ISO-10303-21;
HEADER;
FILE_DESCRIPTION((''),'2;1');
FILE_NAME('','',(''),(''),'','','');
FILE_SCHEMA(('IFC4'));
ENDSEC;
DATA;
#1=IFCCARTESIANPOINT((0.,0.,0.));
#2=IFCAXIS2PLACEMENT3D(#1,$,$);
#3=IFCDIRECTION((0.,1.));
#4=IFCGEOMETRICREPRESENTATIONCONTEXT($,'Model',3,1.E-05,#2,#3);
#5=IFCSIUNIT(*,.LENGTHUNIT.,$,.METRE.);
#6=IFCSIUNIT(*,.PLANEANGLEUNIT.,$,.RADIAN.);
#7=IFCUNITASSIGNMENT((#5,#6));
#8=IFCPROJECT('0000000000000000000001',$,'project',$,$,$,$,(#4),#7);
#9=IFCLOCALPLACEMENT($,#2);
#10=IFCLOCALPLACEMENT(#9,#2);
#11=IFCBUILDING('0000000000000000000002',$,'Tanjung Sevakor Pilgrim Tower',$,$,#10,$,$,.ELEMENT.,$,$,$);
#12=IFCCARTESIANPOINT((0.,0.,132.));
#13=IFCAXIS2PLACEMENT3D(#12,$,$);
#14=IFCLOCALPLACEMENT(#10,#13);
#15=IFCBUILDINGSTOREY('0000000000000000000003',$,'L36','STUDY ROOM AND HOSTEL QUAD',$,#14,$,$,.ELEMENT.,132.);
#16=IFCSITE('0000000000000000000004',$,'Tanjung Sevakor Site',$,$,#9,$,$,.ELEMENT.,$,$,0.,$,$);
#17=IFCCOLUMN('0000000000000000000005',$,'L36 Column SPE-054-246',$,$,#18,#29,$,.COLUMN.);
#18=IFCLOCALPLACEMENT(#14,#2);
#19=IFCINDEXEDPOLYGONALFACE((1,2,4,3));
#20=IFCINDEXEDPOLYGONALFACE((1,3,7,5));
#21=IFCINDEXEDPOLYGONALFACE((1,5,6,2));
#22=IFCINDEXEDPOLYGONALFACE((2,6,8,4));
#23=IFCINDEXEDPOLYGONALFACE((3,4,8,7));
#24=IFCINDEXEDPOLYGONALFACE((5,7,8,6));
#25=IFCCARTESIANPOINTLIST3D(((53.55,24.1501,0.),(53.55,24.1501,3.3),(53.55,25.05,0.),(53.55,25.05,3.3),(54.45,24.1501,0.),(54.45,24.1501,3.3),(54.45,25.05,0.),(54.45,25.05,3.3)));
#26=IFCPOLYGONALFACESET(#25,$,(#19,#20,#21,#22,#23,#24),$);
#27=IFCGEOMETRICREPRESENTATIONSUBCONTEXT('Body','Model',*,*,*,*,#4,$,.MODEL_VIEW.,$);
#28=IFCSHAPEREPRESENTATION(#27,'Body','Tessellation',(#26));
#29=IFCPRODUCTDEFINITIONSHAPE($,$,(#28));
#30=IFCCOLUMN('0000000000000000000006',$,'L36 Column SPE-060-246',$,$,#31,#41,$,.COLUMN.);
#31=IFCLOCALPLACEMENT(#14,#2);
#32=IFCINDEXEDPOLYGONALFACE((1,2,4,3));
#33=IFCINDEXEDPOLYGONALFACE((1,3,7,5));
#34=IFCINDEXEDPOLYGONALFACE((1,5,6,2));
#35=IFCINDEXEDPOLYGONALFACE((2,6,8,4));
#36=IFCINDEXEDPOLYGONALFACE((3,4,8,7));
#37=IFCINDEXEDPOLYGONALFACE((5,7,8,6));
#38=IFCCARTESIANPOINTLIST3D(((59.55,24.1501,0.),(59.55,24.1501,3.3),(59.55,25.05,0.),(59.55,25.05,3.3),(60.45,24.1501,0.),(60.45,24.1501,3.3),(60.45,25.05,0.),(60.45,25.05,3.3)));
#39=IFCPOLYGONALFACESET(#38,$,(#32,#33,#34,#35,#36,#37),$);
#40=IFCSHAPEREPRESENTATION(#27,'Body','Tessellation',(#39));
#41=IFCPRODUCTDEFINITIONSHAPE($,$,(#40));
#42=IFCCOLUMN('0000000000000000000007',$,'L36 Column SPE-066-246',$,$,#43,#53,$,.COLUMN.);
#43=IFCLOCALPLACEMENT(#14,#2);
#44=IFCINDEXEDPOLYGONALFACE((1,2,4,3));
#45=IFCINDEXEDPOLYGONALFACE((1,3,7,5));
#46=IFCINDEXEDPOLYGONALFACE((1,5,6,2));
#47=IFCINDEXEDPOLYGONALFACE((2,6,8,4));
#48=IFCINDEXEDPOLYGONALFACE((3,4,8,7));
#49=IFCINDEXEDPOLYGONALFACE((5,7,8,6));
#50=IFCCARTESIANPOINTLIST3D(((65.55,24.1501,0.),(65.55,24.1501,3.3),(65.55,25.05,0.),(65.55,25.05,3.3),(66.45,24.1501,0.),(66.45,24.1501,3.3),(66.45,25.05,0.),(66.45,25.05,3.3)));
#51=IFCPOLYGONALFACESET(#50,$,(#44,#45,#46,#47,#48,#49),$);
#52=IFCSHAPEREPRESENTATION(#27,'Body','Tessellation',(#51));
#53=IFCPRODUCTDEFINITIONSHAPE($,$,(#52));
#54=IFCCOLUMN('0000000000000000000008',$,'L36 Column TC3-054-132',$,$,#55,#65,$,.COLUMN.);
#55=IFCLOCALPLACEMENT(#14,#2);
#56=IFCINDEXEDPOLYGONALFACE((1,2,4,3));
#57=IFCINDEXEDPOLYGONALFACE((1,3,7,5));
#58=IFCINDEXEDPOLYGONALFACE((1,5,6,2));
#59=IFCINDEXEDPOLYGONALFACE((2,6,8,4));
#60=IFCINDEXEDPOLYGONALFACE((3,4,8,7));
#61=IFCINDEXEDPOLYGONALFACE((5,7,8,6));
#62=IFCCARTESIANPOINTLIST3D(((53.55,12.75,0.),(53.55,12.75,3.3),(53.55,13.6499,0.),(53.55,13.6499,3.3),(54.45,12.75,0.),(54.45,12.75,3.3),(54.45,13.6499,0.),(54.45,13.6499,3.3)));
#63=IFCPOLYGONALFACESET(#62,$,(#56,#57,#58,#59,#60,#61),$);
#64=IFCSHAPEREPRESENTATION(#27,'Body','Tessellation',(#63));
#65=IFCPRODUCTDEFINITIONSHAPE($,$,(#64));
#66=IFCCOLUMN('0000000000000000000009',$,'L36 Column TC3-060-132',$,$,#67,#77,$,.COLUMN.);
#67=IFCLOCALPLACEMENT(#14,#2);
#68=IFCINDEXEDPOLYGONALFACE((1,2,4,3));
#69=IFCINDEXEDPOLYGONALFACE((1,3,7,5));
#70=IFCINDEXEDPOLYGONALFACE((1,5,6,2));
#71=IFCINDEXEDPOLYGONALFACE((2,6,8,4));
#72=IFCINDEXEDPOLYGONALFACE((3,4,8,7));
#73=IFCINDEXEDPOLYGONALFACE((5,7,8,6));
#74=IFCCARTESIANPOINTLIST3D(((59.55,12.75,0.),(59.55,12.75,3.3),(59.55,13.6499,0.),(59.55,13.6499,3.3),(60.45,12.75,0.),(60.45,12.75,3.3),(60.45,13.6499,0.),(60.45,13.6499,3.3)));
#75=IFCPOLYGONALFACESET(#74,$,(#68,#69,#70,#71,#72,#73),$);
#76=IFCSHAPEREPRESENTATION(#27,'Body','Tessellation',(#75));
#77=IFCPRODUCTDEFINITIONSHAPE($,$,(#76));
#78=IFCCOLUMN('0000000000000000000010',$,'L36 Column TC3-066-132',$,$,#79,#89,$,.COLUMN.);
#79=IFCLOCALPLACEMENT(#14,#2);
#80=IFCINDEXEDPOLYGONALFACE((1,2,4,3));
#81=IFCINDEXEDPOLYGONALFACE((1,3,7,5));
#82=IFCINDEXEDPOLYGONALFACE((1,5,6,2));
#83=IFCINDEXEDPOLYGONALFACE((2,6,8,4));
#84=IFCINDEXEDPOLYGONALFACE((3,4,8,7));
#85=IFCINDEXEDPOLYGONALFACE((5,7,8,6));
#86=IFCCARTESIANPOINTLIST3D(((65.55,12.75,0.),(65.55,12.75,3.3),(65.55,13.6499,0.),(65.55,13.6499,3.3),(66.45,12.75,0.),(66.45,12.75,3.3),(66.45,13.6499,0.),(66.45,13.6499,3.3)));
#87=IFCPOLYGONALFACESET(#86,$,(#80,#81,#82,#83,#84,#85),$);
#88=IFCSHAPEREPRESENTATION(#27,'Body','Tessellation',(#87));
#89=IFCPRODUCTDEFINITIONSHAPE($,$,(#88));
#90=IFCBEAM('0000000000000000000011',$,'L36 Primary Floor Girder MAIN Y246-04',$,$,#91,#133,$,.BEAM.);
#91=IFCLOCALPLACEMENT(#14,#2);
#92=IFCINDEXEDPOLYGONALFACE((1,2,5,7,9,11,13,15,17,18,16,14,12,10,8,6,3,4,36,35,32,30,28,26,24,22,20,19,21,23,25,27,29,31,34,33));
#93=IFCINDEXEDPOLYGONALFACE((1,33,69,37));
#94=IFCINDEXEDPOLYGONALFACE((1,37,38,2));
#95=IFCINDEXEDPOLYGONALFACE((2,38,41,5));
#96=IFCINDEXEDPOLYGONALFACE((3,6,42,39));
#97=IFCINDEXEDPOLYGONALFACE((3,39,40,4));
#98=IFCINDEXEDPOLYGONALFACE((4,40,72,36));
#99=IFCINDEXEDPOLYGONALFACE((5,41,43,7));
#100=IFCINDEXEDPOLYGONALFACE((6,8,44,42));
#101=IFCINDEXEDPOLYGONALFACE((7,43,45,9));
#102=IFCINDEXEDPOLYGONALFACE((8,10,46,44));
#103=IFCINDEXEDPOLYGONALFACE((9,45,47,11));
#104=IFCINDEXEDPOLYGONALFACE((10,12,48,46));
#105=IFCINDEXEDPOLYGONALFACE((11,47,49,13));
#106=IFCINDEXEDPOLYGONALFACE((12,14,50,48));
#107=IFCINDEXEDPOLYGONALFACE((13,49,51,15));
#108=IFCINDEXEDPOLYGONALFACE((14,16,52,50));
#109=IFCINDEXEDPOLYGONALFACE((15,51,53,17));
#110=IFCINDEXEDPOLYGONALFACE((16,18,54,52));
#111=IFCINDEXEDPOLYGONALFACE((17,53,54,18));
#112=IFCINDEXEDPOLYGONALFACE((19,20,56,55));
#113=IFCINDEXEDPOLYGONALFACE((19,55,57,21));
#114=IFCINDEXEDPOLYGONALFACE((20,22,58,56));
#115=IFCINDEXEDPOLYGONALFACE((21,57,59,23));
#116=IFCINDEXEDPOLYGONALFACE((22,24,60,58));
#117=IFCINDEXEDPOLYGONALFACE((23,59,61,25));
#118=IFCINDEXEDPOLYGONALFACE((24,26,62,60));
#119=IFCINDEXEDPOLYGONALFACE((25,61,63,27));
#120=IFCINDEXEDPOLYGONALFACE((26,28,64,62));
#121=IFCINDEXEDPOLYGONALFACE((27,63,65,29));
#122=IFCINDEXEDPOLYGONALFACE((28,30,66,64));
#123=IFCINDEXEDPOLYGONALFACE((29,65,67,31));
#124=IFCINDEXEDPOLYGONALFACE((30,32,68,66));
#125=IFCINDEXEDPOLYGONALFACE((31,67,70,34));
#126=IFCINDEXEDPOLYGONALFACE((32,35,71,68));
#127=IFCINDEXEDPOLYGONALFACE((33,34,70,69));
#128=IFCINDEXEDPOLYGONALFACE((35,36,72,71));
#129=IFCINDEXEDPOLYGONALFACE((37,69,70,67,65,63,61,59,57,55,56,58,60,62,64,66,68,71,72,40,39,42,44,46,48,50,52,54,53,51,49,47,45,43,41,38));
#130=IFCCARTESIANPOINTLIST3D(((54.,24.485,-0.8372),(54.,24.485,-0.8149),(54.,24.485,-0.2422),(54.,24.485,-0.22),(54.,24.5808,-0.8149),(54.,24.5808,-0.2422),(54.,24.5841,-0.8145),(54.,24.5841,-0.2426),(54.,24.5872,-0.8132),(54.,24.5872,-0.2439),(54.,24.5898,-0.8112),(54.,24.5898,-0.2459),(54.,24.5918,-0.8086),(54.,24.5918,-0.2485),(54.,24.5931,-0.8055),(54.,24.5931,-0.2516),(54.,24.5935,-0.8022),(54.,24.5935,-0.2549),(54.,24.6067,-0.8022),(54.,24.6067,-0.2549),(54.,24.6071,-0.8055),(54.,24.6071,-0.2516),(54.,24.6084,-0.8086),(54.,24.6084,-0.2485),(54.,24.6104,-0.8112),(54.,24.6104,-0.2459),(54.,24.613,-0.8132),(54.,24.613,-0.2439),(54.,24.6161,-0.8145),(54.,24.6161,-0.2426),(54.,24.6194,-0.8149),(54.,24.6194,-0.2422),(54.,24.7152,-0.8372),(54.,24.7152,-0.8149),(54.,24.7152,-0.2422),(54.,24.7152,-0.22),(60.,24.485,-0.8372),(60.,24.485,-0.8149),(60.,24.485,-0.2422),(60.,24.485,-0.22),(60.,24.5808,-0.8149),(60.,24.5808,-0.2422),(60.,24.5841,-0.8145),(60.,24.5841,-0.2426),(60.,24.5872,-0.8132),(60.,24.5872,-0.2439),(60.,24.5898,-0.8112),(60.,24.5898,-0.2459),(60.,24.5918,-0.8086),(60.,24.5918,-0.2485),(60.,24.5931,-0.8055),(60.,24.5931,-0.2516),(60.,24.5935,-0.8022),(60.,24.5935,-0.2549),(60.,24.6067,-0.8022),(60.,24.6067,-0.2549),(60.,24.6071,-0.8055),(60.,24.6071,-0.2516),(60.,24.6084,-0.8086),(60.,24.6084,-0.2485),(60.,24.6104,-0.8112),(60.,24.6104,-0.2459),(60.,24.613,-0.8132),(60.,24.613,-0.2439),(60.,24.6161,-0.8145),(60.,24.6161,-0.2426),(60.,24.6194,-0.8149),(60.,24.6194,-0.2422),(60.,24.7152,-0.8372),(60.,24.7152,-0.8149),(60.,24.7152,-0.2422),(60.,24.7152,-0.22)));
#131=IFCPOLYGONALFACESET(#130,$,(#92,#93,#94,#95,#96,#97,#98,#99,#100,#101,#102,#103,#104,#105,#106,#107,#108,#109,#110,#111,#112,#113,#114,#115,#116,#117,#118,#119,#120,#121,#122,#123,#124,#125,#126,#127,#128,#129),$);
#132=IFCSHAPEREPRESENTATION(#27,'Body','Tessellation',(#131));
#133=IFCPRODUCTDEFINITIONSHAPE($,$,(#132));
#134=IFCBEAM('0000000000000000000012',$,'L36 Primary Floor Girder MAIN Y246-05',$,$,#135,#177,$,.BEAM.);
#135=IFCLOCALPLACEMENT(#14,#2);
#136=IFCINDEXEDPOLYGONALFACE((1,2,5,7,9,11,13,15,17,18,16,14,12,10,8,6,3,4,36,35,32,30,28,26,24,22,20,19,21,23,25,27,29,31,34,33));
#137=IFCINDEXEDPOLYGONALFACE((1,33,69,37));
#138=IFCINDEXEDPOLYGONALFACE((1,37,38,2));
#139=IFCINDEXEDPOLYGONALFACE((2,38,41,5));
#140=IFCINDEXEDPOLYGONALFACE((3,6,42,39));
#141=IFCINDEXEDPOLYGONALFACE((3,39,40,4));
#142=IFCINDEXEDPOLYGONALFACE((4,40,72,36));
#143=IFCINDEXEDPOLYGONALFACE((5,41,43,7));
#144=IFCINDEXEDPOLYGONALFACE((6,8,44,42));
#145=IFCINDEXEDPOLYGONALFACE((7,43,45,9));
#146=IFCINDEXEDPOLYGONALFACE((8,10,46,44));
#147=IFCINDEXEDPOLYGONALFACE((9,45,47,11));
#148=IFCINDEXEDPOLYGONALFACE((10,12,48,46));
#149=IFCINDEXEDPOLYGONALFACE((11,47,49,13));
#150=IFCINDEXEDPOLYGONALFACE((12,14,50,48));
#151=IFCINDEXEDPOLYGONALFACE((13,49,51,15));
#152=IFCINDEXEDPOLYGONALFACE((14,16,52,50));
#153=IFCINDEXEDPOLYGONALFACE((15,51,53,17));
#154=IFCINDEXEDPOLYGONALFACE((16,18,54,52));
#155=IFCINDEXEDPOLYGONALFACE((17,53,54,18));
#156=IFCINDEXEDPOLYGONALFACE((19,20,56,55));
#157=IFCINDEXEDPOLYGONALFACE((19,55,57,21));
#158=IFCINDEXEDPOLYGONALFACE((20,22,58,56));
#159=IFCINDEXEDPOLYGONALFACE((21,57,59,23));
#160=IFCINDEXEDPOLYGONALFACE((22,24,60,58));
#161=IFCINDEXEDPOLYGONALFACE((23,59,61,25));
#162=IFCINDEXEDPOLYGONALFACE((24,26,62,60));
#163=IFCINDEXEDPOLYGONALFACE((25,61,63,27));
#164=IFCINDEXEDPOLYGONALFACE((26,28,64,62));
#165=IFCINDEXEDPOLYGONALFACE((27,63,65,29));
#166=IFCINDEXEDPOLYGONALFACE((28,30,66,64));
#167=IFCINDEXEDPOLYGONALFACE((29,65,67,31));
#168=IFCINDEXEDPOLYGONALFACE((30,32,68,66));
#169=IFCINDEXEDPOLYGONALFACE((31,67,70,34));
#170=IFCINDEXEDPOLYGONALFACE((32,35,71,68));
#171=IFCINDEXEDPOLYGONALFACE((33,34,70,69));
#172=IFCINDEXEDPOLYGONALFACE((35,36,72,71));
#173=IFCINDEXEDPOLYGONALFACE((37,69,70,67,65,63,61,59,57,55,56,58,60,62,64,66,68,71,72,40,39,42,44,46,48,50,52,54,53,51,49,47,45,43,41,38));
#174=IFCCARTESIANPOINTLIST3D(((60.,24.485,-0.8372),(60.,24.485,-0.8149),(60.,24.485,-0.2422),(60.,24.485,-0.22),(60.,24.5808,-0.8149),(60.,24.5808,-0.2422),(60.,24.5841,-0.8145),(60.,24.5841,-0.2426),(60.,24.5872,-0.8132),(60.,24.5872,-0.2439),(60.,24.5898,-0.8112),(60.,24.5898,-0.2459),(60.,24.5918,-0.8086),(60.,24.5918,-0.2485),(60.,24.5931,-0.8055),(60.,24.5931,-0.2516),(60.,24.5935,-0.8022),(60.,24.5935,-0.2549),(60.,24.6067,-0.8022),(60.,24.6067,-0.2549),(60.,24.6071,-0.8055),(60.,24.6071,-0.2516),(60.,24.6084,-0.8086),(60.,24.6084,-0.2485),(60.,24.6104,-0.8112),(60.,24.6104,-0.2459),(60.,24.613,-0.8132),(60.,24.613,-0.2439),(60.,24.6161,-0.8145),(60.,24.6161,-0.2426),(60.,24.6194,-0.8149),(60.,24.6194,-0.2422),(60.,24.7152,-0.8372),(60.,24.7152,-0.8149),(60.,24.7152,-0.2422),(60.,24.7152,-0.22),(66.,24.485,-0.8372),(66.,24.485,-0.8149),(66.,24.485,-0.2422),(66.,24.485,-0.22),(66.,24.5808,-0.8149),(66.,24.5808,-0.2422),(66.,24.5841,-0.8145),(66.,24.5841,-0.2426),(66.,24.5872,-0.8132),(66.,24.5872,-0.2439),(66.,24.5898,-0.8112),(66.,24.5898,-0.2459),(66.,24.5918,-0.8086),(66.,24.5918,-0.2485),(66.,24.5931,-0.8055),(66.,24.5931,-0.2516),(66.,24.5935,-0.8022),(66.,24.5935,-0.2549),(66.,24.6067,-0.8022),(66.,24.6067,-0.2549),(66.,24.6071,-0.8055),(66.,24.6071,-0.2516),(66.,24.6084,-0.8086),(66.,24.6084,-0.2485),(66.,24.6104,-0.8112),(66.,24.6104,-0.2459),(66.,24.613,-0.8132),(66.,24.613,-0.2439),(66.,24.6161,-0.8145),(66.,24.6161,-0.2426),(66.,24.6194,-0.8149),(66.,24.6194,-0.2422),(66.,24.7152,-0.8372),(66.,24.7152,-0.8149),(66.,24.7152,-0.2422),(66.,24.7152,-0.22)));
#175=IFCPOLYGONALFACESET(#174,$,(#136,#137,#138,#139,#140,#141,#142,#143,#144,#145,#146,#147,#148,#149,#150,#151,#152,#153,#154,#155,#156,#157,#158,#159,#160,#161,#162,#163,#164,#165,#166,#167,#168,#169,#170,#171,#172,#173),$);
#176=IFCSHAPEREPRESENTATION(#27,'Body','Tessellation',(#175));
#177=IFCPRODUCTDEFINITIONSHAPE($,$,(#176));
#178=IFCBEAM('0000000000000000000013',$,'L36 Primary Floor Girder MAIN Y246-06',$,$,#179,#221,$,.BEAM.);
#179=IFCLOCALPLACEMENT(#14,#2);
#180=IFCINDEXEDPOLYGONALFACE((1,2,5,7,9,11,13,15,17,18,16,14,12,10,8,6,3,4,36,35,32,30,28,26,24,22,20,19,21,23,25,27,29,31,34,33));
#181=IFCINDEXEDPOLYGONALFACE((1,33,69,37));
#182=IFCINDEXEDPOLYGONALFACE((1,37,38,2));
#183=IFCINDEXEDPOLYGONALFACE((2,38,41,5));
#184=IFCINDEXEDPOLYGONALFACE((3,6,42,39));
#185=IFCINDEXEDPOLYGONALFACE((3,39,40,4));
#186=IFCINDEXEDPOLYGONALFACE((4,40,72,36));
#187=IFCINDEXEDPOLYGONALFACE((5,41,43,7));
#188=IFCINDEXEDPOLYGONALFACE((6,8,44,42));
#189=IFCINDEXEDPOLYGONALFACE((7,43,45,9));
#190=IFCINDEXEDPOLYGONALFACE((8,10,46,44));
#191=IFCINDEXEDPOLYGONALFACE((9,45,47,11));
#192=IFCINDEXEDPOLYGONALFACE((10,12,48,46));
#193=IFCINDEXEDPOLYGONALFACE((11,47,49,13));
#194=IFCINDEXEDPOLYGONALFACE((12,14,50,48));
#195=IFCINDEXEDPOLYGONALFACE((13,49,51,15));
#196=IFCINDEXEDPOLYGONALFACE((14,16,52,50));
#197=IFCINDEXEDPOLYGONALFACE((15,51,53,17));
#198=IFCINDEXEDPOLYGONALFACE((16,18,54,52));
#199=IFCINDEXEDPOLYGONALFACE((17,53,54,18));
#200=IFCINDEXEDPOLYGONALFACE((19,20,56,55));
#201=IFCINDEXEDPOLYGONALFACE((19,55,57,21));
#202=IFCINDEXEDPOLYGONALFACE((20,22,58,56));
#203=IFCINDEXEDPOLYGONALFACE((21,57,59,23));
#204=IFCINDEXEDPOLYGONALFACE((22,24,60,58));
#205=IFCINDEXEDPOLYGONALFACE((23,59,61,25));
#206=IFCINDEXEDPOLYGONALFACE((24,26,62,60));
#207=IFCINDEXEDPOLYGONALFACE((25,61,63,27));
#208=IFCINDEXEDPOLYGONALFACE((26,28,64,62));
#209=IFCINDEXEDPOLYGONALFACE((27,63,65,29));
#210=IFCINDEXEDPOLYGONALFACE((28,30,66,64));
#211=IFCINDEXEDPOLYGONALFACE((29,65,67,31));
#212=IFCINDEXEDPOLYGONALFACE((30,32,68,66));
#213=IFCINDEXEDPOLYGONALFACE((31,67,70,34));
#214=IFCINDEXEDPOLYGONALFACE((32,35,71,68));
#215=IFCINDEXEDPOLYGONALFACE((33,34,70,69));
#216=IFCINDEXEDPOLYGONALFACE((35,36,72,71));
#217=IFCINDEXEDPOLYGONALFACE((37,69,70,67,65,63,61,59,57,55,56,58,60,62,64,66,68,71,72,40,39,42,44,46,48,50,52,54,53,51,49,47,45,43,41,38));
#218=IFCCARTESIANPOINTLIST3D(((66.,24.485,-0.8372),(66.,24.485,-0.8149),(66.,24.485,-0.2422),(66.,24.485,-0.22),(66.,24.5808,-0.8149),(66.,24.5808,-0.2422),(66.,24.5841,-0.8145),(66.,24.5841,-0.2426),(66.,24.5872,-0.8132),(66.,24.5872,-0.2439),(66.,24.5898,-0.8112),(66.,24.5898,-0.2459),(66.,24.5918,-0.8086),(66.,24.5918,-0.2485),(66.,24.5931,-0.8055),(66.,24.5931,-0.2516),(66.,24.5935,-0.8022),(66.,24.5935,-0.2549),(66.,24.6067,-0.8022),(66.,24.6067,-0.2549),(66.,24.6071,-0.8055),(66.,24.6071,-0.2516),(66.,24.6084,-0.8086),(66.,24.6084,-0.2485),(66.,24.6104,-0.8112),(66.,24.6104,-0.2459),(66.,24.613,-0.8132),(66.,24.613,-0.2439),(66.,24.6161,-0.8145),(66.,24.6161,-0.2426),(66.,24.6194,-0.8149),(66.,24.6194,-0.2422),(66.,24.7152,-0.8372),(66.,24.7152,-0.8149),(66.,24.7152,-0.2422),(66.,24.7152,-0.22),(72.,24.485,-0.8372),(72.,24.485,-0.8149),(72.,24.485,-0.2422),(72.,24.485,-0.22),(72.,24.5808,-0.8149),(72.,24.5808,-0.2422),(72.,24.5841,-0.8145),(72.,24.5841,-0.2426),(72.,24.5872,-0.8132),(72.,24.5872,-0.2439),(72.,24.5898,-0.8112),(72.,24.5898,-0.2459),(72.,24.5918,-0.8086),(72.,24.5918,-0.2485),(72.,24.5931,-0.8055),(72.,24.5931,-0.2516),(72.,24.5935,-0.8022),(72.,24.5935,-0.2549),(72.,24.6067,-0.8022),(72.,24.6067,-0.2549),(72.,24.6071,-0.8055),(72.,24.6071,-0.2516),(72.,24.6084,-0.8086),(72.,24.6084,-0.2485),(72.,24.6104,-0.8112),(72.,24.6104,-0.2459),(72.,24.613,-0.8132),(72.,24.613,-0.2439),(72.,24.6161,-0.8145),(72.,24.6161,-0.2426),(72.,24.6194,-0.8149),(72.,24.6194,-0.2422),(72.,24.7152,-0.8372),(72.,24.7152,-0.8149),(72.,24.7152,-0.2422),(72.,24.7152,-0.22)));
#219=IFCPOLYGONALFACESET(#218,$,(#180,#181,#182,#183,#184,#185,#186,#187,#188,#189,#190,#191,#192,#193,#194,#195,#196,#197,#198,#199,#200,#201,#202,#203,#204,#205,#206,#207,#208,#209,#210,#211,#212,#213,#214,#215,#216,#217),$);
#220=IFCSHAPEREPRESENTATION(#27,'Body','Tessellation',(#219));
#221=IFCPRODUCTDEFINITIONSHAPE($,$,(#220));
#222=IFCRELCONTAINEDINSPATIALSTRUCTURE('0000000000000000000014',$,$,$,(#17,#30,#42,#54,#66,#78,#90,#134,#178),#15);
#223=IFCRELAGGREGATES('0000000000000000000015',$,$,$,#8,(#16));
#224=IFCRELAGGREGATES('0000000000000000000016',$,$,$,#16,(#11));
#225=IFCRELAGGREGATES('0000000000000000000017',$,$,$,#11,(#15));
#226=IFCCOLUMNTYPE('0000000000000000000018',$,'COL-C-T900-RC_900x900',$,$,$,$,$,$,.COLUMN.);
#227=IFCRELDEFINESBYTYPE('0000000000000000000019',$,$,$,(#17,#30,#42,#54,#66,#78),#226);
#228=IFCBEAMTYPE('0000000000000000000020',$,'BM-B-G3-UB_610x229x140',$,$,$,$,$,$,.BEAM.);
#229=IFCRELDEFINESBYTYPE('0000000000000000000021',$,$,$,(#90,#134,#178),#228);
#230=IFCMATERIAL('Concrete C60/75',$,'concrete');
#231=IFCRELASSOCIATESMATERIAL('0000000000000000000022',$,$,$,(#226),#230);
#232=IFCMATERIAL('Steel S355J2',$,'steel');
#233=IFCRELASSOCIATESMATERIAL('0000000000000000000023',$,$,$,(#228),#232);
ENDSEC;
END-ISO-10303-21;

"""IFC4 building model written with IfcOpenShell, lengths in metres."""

from ifc_helpers import new_model, si_unit, direction, frame, origin, origin_2d, place, context, subcontext, project, spatial, rectangle, i_section, extrude, material, material_profile, profile_set, type_object, element, save


model = new_model("IFC4")

# Units and contexts
model_context = context("Model", 3, precision=1e-05, world=origin(), true_north=direction((0.0, 1.0)))
body_context = subcontext(model_context, "Body", "Model", "MODEL_VIEW")
ifc_project = project(units=[si_unit("LENGTHUNIT", "METRE"), si_unit("PLANEANGLEUNIT", "RADIAN")], contexts=[model_context])

# Site, building, storey
site_placement = place(None, origin())
site = spatial("IfcSite", under=ifc_project, at=site_placement, Name="Tanjung Sevakor Site", CompositionType="ELEMENT", RefElevation=0.0)
building_placement = place(site_placement, origin())
building = spatial("IfcBuilding", under=site, at=building_placement, Name="Tanjung Sevakor Pilgrim Tower", CompositionType="ELEMENT")
storey_placement = place(building_placement, frame((0.0, 0.0, 132.0)))
storey = spatial("IfcBuildingStorey", under=building, at=storey_placement, Name="L36", Description="STUDY ROOM AND HOSTEL QUAD", CompositionType="ELEMENT", Elevation=132.0)

# Columns
ifc_material_1 = material(Name="Concrete C60/75", Category="concrete")
ifc_material_profile_1 = material_profile(ifc_material_1, rectangle(XDim=0.8999, YDim=0.8999, at=origin_2d()))
ifc_profile_set_1 = profile_set([ifc_material_profile_1], Name="Concrete C60/75")
column_type = type_object("IfcColumnType", Name="COL-C-T900-RC_900x900", PredefinedType="COLUMN", material=ifc_profile_set_1)
for number, where, z_axis, x_axis, name in (
    (1, (54.0, 24.6001, 0.0), (0.0, 0.0, 1.0), (1.0, 0.0, 0.0), "L36 Column SPE-054-246"),
    (2, (60.0, 24.6001, 0.0), (0.0, 0.0, 1.0), (1.0, 0.0, 0.0), "L36 Column SPE-060-246"),
    (3, (66.0, 24.6001, 0.0), (0.0, 0.0, 1.0), (1.0, 0.0, 0.0), "L36 Column SPE-066-246"),
    (4, (54.0, 13.2, 0.0), (0.0, 0.0, 1.0), (1.0, 0.0, 0.0), "L36 Column TC3-054-132"),
    (5, (60.0, 13.2, 0.0), (0.0, 0.0, 1.0), (1.0, 0.0, 0.0), "L36 Column TC3-060-132"),
    (6, (66.0, 13.2, 0.0), (0.0, 0.0, 1.0), (1.0, 0.0, 0.0), "L36 Column TC3-066-132"),
):
    element("IfcColumn", number, at=place(storey_placement, frame(where, z_axis=z_axis, x_axis=x_axis)), inside=storey, type_object=column_type, Name=name, PredefinedType="COLUMN", context=body_context, shape_type="SweptSolid", body=[
        extrude(rectangle(XDim=0.8999, YDim=0.8999, at=origin_2d()), origin(), (0.0, 0.0, 1.0), 3.3),
    ])

# Beams
ifc_material_2 = material(Name="Steel S355J2", Category="steel")
ifc_material_profile_2 = material_profile(ifc_material_2, i_section(OverallWidth=0.2302, OverallDepth=0.6172, WebThickness=0.0132, FlangeThickness=0.0222, FilletRadius=0.0127, at=origin_2d()))
ifc_profile_set_2 = profile_set([ifc_material_profile_2], Name="Steel S355J2")
beam_type_1 = type_object("IfcBeamType", Name="BM-B-G3-UB_610x229x140", PredefinedType="BEAM", material=ifc_profile_set_2)
for number, where, z_axis, x_axis, name in (
    (7, (54.0, 24.6001, -0.5286), (1.0, 0.0, 0.0), (0.0, 1.0, 0.0), "L36 Primary Floor Girder MAIN Y246-04"),
    (8, (60.0, 24.6001, -0.5286), (1.0, 0.0, 0.0), (0.0, 1.0, 0.0), "L36 Primary Floor Girder MAIN Y246-05"),
    (9, (66.0, 24.6001, -0.5286), (1.0, 0.0, 0.0), (0.0, 1.0, 0.0), "L36 Primary Floor Girder MAIN Y246-06"),
):
    element("IfcBeam", number, at=place(storey_placement, frame(where, z_axis=z_axis, x_axis=x_axis)), inside=storey, type_object=beam_type_1, Name=name, PredefinedType="BEAM", context=body_context, shape_type="SweptSolid", body=[
        extrude(i_section(OverallWidth=0.2302, OverallDepth=0.6172, WebThickness=0.0132, FlangeThickness=0.0222, FilletRadius=0.0127, at=origin_2d()), origin(), (0.0, 0.0, 1.0), 6.0),
    ])

save(model, "model.ifc")
